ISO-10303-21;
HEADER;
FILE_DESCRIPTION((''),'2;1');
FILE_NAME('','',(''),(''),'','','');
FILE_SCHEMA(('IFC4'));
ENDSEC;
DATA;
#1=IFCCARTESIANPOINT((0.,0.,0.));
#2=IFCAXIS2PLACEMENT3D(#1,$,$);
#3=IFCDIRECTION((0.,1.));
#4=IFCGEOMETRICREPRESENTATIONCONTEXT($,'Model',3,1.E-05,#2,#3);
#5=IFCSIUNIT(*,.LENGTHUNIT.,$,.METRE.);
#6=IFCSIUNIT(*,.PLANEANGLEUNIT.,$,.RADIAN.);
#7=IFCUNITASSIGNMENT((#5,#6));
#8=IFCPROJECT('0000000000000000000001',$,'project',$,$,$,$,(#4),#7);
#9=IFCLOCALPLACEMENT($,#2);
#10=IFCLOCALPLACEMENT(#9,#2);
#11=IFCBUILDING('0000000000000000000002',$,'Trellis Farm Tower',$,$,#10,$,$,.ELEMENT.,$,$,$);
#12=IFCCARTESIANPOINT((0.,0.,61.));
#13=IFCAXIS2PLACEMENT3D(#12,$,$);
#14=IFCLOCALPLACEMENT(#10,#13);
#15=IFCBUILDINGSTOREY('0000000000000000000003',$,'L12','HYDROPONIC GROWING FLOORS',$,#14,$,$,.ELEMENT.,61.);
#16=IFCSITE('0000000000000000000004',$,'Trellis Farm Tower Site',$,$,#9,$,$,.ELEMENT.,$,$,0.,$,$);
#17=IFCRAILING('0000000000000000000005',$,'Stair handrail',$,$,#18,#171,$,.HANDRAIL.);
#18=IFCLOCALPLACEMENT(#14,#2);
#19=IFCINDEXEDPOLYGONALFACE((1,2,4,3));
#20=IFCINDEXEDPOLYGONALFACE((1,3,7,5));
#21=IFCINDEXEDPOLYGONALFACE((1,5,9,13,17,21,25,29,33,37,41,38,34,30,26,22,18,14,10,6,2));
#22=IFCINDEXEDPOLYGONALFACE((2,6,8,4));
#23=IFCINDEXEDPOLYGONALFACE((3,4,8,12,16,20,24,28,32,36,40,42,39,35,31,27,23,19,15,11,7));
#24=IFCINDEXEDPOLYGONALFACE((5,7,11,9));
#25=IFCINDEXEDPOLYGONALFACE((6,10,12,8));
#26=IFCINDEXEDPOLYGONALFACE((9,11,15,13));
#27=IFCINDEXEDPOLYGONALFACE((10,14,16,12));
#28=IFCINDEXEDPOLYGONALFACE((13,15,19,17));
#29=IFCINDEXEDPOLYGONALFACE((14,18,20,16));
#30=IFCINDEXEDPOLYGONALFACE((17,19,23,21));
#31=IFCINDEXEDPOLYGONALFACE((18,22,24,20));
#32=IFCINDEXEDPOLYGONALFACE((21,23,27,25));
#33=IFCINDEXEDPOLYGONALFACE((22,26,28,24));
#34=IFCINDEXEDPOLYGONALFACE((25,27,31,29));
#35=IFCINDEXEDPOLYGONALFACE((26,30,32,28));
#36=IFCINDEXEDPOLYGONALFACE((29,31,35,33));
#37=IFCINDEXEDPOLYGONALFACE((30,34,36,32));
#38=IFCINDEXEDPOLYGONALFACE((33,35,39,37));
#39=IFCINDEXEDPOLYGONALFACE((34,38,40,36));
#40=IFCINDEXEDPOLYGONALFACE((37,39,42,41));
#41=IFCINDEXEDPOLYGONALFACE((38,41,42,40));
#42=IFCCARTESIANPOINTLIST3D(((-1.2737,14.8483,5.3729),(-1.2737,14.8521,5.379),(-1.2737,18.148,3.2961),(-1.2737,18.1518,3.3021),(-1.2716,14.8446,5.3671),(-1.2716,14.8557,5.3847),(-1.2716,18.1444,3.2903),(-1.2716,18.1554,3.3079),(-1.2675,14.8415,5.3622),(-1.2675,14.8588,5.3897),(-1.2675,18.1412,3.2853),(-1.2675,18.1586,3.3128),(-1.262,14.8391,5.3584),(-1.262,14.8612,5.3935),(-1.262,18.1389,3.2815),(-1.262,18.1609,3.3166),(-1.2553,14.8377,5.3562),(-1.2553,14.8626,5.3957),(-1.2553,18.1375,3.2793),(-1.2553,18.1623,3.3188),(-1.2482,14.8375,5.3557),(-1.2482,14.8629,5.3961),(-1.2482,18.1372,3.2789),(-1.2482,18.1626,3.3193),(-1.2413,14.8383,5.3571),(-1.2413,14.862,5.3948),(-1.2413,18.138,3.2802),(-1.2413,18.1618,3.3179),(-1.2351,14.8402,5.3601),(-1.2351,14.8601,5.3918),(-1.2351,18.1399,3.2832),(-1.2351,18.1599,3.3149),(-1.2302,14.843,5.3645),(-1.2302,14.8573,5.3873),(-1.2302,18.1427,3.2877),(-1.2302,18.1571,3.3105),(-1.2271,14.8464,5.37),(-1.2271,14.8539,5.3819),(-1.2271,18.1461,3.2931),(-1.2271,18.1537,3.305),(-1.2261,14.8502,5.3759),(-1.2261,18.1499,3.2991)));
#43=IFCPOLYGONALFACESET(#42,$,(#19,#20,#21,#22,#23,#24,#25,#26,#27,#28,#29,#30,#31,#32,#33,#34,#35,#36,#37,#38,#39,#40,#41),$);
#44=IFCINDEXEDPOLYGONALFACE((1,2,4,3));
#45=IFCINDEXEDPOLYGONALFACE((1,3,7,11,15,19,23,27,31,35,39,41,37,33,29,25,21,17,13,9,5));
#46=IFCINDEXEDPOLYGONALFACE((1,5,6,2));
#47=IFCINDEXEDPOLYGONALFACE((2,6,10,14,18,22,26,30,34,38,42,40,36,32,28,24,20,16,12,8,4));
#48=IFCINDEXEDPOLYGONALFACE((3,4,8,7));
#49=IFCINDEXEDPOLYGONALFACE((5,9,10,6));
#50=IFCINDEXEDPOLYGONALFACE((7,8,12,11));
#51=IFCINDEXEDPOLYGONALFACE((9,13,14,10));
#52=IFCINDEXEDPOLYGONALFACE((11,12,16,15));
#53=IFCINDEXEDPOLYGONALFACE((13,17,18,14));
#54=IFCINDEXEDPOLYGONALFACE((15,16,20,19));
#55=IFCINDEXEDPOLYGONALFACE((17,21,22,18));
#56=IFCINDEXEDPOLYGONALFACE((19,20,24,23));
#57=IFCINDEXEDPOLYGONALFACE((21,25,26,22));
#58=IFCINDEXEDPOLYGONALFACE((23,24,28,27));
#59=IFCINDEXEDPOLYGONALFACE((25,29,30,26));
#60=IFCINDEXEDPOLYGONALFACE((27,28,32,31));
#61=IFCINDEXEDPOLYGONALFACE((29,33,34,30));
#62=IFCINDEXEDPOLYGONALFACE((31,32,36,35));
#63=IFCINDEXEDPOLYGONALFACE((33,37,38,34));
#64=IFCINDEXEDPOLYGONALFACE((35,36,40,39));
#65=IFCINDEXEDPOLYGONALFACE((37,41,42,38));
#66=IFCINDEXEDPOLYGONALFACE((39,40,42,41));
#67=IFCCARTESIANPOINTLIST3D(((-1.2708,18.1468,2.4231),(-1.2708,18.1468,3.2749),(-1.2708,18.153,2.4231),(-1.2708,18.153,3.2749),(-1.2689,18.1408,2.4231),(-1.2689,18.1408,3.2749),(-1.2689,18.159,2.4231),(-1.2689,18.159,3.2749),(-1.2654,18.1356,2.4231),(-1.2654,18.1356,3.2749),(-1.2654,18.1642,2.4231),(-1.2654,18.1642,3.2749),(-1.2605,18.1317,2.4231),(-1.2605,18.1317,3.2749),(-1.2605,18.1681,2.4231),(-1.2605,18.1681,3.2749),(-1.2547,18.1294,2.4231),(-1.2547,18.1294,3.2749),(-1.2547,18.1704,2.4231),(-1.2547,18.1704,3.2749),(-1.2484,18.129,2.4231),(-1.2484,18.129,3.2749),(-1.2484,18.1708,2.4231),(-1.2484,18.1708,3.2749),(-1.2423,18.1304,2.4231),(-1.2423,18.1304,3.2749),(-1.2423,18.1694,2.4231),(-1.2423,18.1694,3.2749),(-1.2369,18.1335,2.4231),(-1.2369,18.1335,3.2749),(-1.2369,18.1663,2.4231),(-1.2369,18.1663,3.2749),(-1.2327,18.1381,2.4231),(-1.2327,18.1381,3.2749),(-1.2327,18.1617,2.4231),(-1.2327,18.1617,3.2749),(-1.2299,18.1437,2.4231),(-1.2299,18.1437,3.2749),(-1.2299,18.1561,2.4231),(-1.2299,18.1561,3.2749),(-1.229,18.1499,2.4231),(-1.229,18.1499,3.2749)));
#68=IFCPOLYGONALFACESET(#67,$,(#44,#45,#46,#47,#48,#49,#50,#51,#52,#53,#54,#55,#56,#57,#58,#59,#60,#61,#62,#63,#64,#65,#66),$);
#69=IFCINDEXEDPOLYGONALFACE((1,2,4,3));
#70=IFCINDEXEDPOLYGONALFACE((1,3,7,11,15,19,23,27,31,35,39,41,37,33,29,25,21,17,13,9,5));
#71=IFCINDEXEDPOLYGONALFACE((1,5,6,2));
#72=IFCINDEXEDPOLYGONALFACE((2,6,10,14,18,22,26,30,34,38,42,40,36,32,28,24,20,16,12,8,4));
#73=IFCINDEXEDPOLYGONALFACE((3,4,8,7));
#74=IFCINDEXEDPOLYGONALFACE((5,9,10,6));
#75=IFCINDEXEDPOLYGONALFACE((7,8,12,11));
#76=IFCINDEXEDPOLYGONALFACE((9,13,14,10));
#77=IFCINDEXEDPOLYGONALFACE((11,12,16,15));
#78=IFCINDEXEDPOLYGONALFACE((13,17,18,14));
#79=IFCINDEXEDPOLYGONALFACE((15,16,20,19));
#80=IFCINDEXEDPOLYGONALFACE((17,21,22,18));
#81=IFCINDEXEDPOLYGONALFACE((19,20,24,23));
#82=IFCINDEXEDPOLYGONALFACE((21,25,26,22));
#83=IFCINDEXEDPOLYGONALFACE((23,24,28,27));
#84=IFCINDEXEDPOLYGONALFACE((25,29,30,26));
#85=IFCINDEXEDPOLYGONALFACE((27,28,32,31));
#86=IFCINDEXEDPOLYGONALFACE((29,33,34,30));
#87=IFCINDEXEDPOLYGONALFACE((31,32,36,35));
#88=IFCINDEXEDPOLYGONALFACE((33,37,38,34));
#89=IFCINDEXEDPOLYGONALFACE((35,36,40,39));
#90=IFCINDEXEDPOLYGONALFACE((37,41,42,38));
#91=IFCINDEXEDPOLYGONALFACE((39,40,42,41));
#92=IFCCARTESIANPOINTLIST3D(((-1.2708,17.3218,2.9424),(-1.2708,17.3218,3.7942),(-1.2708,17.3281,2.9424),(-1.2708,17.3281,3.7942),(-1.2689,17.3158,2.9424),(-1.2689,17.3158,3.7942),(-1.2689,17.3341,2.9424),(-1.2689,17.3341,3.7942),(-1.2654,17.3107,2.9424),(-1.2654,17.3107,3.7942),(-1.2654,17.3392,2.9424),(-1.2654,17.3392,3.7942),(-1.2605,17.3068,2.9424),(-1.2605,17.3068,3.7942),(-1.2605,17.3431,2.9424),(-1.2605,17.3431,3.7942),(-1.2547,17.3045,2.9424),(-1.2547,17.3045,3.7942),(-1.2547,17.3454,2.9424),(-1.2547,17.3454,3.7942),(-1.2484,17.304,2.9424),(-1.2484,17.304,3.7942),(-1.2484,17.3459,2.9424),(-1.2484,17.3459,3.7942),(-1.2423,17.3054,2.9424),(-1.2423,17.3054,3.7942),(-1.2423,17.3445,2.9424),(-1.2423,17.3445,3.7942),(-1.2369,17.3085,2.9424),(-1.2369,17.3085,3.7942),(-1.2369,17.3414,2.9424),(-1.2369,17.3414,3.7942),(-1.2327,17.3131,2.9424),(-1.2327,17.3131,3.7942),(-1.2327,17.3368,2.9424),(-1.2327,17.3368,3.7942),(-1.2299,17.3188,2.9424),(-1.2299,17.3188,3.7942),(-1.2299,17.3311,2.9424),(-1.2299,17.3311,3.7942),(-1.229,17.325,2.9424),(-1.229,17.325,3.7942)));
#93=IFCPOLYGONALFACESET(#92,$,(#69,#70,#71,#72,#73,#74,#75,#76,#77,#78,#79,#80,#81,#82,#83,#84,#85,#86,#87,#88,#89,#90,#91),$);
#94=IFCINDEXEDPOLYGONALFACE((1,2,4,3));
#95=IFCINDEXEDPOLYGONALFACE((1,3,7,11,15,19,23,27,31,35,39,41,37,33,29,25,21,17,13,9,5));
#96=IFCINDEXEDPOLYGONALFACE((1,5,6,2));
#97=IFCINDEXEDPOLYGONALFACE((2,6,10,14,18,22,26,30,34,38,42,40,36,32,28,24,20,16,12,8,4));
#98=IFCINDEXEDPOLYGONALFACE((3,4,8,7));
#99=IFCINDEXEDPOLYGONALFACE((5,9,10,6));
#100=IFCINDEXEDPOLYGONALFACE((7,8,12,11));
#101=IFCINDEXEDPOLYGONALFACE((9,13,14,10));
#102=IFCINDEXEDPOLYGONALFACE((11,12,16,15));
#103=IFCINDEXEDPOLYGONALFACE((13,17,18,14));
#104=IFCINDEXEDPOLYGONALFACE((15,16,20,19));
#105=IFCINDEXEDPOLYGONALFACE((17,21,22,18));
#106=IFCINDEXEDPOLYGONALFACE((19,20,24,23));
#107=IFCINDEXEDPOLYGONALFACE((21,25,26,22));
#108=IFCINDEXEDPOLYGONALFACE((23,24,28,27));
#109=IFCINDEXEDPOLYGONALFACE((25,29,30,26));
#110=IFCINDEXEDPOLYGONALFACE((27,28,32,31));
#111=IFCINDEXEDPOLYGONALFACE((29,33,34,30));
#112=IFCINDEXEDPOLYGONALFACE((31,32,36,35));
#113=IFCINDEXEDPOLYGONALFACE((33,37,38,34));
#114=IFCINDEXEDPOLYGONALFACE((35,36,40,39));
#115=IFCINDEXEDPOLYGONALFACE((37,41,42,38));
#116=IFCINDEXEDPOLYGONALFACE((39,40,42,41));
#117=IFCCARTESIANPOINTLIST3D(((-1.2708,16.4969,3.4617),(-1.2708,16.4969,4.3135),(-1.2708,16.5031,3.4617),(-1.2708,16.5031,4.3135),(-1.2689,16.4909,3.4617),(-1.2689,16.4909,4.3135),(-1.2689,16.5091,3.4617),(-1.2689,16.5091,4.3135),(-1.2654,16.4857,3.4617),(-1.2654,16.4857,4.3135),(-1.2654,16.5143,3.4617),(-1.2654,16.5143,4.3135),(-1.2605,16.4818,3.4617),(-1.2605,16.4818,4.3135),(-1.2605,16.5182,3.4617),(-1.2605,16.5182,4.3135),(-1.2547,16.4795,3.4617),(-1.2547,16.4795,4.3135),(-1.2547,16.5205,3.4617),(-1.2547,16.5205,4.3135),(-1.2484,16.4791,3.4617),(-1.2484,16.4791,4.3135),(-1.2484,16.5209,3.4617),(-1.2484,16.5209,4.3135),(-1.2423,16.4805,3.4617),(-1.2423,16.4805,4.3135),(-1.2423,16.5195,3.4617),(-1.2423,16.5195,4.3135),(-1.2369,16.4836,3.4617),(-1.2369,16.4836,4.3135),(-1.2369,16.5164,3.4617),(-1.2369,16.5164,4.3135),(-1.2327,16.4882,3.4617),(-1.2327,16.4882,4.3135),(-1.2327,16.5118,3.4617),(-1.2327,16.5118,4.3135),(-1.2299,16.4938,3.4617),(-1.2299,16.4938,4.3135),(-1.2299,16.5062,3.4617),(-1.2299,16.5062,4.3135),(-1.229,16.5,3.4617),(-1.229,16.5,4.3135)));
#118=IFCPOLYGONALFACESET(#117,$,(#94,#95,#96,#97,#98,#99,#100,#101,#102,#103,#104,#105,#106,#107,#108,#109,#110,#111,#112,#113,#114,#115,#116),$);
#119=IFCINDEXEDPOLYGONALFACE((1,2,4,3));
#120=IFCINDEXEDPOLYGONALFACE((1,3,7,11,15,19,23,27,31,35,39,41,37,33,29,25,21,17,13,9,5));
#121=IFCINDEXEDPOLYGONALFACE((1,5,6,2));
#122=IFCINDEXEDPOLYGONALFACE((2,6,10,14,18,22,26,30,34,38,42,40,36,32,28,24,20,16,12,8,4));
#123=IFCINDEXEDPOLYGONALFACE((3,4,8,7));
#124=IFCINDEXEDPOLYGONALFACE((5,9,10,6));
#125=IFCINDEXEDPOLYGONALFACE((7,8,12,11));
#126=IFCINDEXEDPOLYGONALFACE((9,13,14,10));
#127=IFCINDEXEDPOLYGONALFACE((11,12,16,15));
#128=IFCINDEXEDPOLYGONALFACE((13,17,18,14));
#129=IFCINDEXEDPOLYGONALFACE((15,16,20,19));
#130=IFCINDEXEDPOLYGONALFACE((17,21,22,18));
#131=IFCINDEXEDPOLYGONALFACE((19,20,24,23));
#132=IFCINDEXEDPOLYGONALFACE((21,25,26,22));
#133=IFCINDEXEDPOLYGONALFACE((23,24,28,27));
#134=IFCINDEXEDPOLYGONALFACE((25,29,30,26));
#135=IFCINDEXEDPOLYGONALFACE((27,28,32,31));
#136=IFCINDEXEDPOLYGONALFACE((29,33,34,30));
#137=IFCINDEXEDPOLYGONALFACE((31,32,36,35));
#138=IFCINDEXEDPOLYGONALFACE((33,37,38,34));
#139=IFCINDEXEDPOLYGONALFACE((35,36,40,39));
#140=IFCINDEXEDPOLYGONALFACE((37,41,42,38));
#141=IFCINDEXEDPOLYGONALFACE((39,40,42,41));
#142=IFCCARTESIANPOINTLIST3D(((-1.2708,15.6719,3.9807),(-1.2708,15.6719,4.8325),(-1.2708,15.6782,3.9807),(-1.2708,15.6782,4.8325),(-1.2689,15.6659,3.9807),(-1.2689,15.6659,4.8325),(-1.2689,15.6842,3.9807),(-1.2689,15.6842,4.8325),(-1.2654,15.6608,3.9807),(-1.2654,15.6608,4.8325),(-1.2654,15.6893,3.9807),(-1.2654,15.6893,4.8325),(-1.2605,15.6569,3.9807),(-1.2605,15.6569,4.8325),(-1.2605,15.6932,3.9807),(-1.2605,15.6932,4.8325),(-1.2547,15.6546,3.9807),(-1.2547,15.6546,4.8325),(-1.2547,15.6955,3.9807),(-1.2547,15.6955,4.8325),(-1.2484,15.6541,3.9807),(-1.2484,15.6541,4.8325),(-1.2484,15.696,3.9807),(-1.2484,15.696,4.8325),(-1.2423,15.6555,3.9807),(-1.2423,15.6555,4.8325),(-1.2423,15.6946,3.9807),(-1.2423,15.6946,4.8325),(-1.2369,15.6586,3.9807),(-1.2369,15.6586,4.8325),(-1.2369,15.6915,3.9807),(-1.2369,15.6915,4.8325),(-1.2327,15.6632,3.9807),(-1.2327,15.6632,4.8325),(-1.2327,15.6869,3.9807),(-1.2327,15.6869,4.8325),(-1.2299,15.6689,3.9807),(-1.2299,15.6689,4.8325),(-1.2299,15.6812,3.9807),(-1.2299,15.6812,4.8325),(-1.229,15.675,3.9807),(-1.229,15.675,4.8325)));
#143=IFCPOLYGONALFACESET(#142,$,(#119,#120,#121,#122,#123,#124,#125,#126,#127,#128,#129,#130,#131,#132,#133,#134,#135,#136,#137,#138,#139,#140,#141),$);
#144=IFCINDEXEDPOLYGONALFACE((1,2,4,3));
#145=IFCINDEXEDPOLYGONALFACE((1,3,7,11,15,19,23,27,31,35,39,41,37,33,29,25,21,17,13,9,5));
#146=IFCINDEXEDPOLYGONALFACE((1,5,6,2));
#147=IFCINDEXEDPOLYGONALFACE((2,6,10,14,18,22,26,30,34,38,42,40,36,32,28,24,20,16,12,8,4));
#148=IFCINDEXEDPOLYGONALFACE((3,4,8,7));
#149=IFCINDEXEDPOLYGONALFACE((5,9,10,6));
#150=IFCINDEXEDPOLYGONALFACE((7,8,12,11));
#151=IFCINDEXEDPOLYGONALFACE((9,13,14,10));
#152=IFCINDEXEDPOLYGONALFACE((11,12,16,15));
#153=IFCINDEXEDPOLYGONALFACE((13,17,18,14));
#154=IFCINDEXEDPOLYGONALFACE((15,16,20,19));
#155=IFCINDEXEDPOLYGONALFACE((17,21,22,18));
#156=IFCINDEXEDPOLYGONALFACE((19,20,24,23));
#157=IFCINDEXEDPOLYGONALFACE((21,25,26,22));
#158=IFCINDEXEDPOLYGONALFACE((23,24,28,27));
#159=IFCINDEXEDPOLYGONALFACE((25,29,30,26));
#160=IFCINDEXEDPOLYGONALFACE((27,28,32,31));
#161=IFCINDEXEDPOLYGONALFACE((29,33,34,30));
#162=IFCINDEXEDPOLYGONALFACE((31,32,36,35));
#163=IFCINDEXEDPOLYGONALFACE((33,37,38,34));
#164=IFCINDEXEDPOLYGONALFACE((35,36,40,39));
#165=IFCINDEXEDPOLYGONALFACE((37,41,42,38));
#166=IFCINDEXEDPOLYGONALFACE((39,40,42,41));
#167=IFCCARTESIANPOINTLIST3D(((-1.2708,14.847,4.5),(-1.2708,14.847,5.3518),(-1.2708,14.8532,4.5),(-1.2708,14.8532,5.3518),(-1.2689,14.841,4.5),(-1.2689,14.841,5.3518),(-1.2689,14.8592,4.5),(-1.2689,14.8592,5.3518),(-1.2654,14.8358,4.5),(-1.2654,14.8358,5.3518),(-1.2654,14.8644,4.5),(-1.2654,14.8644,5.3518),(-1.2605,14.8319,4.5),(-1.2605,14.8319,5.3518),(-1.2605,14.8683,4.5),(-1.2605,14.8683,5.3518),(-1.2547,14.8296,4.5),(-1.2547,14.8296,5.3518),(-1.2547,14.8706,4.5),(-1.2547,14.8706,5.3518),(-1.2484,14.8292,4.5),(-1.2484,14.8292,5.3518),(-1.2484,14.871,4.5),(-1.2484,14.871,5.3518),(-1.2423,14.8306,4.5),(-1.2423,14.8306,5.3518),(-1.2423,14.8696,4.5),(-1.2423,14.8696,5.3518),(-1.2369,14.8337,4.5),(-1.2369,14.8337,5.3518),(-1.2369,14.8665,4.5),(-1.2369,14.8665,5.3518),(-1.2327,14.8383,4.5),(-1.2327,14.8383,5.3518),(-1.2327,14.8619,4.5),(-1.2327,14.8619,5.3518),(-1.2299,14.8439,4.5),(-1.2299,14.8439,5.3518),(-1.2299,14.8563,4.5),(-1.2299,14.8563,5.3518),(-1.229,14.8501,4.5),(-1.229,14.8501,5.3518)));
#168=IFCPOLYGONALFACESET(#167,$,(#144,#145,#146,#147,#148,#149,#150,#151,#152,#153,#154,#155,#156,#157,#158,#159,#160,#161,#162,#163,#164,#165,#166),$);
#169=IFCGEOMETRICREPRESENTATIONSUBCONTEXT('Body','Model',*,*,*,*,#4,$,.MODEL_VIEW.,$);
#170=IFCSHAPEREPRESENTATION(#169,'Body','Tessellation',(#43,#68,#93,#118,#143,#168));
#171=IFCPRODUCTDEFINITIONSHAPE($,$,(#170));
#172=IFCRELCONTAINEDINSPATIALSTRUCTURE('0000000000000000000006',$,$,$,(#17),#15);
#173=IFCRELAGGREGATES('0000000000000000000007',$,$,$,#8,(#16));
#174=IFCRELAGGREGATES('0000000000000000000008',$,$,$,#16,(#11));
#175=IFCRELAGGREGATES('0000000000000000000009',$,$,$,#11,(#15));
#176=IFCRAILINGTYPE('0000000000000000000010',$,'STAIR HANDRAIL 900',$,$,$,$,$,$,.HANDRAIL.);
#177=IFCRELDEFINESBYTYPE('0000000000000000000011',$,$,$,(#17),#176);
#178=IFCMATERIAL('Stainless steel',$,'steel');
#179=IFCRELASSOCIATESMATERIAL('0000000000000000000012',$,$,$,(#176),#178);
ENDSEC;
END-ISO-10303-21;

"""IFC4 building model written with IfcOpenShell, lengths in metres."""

from ifc_helpers import new_model, si_unit, direction, frame, origin, origin_2d, place, context, subcontext, project, spatial, circle, extrude, source, transform, mapped, material, type_object, element, save


model = new_model("IFC4")

# Units and contexts
model_context = context("Model", 3, precision=1e-05, world=origin(), true_north=direction((0.0, 1.0)))
body_context = subcontext(model_context, "Body", "Model", "MODEL_VIEW")
ifc_project = project(units=[si_unit("LENGTHUNIT", "METRE"), si_unit("PLANEANGLEUNIT", "RADIAN")], contexts=[model_context])

# Site, building, storey
site_placement = place(None, origin())
site = spatial("IfcSite", under=ifc_project, at=site_placement, Name="Trellis Farm Tower Site", CompositionType="ELEMENT", RefElevation=0.0)
building_placement = place(site_placement, origin())
building = spatial("IfcBuilding", under=site, at=building_placement, Name="Trellis Farm Tower", CompositionType="ELEMENT")
storey_placement = place(building_placement, frame((0.0, 0.0, 61.0)))
storey = spatial("IfcBuildingStorey", under=building, at=storey_placement, Name="L12", Description="HYDROPONIC GROWING FLOORS", CompositionType="ELEMENT", Elevation=61.0)

# Railing
ifc_material_1 = material(Name="Stainless steel", Category="steel")
railing_type = type_object("IfcRailingType", Name="STAIR HANDRAIL 900", PredefinedType="HANDRAIL", material=ifc_material_1)
shared_shape_1 = source(origin(), body_context, "Body", "SweptSolid", [
    extrude(circle(Radius=0.0239, at=origin_2d()), frame((0.0, 0.0, 0.876), z_axis=(0.0, -0.84632, 0.532675), x_axis=(1.0, 0.0, 0.0)), (0.0, 0.0, 1.0), 3.8989),
    extrude(circle(Radius=0.021, at=origin_2d()), origin(), (0.0, 0.0, 1.0), 0.8518),
    extrude(circle(Radius=0.021, at=origin_2d()), frame((0.0, -0.825, 0.5193)), (0.0, 0.0, 1.0), 0.8518),
    extrude(circle(Radius=0.021, at=origin_2d()), frame((0.0, -1.6499, 1.0386)), (0.0, 0.0, 1.0), 0.8518),
    extrude(circle(Radius=0.021, at=origin_2d()), frame((0.0, -2.4749, 1.5576)), (0.0, 0.0, 1.0), 0.8518),
    extrude(circle(Radius=0.021, at=origin_2d()), frame((0.0, -3.2998, 2.0769)), (0.0, 0.0, 1.0), 0.8518),
])
railing_placement = place(storey_placement, frame((-1.25, 18.1499, 2.4231)))
element("IfcRailing", 1, at=railing_placement, inside=storey, type_object=railing_type, Name="Stair handrail", PredefinedType="HANDRAIL", context=body_context, shape_type="MappedRepresentation", body=[
    mapped(shared_shape_1, transform((0.0, 0.0, 0.0))),
])

save(model, "model.ifc")
